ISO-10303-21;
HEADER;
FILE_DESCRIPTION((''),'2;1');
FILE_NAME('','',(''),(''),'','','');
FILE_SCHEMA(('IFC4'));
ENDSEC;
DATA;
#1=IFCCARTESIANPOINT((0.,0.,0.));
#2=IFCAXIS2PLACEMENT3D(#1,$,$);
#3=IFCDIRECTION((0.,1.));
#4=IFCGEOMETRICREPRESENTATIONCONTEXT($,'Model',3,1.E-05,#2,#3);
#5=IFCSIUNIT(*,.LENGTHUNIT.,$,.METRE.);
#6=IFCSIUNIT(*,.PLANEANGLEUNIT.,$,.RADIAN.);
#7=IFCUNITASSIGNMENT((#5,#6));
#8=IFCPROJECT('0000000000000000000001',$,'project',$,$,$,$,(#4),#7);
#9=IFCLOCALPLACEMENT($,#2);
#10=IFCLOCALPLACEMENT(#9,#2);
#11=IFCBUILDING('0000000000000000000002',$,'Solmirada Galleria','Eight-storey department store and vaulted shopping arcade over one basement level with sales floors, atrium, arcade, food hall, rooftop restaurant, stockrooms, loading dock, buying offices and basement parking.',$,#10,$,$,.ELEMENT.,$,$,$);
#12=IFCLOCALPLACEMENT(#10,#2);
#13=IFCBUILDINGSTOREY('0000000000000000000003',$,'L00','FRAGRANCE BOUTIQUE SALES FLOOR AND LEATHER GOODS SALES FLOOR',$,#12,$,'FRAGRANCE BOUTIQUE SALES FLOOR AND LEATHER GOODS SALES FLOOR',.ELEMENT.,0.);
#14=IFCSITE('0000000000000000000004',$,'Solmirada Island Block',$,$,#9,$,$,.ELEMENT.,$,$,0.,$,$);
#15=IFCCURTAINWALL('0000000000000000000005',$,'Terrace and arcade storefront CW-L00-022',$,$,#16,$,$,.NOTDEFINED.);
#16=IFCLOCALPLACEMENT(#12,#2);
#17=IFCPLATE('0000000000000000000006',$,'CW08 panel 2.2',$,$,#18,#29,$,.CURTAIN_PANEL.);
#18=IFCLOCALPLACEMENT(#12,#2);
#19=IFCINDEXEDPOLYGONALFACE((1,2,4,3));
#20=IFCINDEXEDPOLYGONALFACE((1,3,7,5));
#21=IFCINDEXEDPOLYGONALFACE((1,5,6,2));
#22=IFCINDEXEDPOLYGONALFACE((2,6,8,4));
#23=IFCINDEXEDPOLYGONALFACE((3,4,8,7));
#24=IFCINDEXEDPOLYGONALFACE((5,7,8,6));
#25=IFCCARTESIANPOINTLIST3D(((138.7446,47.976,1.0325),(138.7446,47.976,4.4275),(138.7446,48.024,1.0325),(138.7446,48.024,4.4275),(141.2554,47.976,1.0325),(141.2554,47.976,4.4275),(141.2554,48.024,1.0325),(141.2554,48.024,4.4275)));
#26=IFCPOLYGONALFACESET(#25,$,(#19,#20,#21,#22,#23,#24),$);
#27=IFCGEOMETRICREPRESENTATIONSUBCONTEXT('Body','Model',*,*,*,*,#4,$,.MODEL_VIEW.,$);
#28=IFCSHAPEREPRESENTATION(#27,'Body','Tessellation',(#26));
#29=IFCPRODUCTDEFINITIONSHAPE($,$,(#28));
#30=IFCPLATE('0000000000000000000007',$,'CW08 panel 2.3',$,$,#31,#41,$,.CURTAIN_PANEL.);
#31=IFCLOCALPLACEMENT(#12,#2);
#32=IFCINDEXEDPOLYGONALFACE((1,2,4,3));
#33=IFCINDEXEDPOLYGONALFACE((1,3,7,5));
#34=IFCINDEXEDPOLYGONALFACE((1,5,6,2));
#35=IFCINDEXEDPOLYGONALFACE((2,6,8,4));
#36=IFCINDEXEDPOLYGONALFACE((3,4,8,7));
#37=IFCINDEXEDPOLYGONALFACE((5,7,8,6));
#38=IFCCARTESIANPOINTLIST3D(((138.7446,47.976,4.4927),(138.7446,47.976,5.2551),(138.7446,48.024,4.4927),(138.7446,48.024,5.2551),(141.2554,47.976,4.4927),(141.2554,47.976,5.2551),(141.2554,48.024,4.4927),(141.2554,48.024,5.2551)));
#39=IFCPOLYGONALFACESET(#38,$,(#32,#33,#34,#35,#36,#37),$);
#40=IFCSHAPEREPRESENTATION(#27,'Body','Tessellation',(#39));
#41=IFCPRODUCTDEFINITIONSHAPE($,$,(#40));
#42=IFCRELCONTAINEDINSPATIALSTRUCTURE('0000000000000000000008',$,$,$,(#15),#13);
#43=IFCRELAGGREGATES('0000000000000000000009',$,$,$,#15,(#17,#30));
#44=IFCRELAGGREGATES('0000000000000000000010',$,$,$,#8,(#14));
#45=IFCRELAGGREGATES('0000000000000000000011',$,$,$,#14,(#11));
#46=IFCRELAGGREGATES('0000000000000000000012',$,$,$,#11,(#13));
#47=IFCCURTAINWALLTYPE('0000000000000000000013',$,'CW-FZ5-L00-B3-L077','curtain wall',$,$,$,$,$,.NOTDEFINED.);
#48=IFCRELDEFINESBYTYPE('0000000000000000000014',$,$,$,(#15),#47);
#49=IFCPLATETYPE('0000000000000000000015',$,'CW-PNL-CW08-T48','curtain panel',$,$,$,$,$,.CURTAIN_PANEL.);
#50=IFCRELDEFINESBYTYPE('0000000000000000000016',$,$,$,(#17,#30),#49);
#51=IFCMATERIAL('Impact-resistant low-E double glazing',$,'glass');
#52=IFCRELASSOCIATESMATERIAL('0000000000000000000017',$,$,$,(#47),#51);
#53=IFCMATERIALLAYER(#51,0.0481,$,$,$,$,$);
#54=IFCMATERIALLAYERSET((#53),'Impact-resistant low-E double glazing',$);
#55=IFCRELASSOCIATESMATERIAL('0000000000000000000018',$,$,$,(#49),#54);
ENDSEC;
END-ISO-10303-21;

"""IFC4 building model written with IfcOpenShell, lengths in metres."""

from ifc_helpers import new_model, si_unit, direction, frame, origin, origin_2d, place, context, subcontext, project, spatial, rectangle, extrude, material, layer, layer_set, type_object, element, aggregate, save


model = new_model("IFC4")

# Units and contexts
model_context = context("Model", 3, precision=1e-05, world=origin(), true_north=direction((0.0, 1.0)))
body_context = subcontext(model_context, "Body", "Model", "MODEL_VIEW")
ifc_project = project(units=[si_unit("LENGTHUNIT", "METRE"), si_unit("PLANEANGLEUNIT", "RADIAN")], contexts=[model_context])

# Site, building, storey
site_placement = place(None, origin())
site = spatial("IfcSite", under=ifc_project, at=site_placement, Name="Solmirada Island Block", CompositionType="ELEMENT", RefElevation=0.0)
building_placement = place(site_placement, origin())
building = spatial("IfcBuilding", under=site, at=building_placement, Name="Solmirada Galleria", Description="Eight-storey department store and vaulted shopping arcade over one basement level with sales floors, atrium, arcade, food hall, rooftop restaurant, stockrooms, loading dock, buying offices and basement parking.", CompositionType="ELEMENT")
storey_placement = place(building_placement, origin())
storey = spatial("IfcBuildingStorey", under=building, at=storey_placement, Name="L00", Description="FRAGRANCE BOUTIQUE SALES FLOOR AND LEATHER GOODS SALES FLOOR", LongName="FRAGRANCE BOUTIQUE SALES FLOOR AND LEATHER GOODS SALES FLOOR", CompositionType="ELEMENT", Elevation=0.0)

# Curtain wall, plates
ifc_material_1 = material(Name="Impact-resistant low-E double glazing", Category="glass")
curtain_wall_type = type_object("IfcCurtainWallType", Name="CW-FZ5-L00-B3-L077", Description="curtain wall", PredefinedType="NOTDEFINED", material=ifc_material_1)
curtain_wall_placement = place(storey_placement, origin())
curtain_wall = element("IfcCurtainWall", 1, at=curtain_wall_placement, inside=storey, type_object=curtain_wall_type, Name="Terrace and arcade storefront CW-L00-022", PredefinedType="NOTDEFINED")
ifc_layer = layer(ifc_material_1, 0.0481)
ifc_layer_set = layer_set([ifc_layer], Name="Impact-resistant low-E double glazing")
plate_type = type_object("IfcPlateType", Name="CW-PNL-CW08-T48", Description="curtain panel", PredefinedType="CURTAIN_PANEL", material=ifc_layer_set)
plate_1_placement = place(storey_placement, frame((140.0, 48.0, 1.0325), z_axis=(0.0, 0.0, 1.0), x_axis=(1.0, 0.0, 0.0)))
plate_1 = element("IfcPlate", 2, at=plate_1_placement, type_object=plate_type, Name="CW08 panel 2.2", PredefinedType="CURTAIN_PANEL", context=body_context, shape_type="SweptSolid", body=[
    extrude(rectangle(XDim=2.5107, YDim=0.0481, at=origin_2d()), origin(), (0.0, 0.0, 1.0), 3.395),
])
plate_2_placement = place(storey_placement, frame((140.0, 48.0, 4.4927), z_axis=(0.0, 0.0, 1.0), x_axis=(1.0, 0.0, 0.0)))
plate_2 = element("IfcPlate", 3, at=plate_2_placement, type_object=plate_type, Name="CW08 panel 2.3", PredefinedType="CURTAIN_PANEL", context=body_context, shape_type="SweptSolid", body=[
    extrude(rectangle(XDim=2.5107, YDim=0.0481, at=origin_2d()), origin(), (0.0, 0.0, 1.0), 0.7625),
])
aggregate(curtain_wall, [plate_1, plate_2])

save(model, "model.ifc")
